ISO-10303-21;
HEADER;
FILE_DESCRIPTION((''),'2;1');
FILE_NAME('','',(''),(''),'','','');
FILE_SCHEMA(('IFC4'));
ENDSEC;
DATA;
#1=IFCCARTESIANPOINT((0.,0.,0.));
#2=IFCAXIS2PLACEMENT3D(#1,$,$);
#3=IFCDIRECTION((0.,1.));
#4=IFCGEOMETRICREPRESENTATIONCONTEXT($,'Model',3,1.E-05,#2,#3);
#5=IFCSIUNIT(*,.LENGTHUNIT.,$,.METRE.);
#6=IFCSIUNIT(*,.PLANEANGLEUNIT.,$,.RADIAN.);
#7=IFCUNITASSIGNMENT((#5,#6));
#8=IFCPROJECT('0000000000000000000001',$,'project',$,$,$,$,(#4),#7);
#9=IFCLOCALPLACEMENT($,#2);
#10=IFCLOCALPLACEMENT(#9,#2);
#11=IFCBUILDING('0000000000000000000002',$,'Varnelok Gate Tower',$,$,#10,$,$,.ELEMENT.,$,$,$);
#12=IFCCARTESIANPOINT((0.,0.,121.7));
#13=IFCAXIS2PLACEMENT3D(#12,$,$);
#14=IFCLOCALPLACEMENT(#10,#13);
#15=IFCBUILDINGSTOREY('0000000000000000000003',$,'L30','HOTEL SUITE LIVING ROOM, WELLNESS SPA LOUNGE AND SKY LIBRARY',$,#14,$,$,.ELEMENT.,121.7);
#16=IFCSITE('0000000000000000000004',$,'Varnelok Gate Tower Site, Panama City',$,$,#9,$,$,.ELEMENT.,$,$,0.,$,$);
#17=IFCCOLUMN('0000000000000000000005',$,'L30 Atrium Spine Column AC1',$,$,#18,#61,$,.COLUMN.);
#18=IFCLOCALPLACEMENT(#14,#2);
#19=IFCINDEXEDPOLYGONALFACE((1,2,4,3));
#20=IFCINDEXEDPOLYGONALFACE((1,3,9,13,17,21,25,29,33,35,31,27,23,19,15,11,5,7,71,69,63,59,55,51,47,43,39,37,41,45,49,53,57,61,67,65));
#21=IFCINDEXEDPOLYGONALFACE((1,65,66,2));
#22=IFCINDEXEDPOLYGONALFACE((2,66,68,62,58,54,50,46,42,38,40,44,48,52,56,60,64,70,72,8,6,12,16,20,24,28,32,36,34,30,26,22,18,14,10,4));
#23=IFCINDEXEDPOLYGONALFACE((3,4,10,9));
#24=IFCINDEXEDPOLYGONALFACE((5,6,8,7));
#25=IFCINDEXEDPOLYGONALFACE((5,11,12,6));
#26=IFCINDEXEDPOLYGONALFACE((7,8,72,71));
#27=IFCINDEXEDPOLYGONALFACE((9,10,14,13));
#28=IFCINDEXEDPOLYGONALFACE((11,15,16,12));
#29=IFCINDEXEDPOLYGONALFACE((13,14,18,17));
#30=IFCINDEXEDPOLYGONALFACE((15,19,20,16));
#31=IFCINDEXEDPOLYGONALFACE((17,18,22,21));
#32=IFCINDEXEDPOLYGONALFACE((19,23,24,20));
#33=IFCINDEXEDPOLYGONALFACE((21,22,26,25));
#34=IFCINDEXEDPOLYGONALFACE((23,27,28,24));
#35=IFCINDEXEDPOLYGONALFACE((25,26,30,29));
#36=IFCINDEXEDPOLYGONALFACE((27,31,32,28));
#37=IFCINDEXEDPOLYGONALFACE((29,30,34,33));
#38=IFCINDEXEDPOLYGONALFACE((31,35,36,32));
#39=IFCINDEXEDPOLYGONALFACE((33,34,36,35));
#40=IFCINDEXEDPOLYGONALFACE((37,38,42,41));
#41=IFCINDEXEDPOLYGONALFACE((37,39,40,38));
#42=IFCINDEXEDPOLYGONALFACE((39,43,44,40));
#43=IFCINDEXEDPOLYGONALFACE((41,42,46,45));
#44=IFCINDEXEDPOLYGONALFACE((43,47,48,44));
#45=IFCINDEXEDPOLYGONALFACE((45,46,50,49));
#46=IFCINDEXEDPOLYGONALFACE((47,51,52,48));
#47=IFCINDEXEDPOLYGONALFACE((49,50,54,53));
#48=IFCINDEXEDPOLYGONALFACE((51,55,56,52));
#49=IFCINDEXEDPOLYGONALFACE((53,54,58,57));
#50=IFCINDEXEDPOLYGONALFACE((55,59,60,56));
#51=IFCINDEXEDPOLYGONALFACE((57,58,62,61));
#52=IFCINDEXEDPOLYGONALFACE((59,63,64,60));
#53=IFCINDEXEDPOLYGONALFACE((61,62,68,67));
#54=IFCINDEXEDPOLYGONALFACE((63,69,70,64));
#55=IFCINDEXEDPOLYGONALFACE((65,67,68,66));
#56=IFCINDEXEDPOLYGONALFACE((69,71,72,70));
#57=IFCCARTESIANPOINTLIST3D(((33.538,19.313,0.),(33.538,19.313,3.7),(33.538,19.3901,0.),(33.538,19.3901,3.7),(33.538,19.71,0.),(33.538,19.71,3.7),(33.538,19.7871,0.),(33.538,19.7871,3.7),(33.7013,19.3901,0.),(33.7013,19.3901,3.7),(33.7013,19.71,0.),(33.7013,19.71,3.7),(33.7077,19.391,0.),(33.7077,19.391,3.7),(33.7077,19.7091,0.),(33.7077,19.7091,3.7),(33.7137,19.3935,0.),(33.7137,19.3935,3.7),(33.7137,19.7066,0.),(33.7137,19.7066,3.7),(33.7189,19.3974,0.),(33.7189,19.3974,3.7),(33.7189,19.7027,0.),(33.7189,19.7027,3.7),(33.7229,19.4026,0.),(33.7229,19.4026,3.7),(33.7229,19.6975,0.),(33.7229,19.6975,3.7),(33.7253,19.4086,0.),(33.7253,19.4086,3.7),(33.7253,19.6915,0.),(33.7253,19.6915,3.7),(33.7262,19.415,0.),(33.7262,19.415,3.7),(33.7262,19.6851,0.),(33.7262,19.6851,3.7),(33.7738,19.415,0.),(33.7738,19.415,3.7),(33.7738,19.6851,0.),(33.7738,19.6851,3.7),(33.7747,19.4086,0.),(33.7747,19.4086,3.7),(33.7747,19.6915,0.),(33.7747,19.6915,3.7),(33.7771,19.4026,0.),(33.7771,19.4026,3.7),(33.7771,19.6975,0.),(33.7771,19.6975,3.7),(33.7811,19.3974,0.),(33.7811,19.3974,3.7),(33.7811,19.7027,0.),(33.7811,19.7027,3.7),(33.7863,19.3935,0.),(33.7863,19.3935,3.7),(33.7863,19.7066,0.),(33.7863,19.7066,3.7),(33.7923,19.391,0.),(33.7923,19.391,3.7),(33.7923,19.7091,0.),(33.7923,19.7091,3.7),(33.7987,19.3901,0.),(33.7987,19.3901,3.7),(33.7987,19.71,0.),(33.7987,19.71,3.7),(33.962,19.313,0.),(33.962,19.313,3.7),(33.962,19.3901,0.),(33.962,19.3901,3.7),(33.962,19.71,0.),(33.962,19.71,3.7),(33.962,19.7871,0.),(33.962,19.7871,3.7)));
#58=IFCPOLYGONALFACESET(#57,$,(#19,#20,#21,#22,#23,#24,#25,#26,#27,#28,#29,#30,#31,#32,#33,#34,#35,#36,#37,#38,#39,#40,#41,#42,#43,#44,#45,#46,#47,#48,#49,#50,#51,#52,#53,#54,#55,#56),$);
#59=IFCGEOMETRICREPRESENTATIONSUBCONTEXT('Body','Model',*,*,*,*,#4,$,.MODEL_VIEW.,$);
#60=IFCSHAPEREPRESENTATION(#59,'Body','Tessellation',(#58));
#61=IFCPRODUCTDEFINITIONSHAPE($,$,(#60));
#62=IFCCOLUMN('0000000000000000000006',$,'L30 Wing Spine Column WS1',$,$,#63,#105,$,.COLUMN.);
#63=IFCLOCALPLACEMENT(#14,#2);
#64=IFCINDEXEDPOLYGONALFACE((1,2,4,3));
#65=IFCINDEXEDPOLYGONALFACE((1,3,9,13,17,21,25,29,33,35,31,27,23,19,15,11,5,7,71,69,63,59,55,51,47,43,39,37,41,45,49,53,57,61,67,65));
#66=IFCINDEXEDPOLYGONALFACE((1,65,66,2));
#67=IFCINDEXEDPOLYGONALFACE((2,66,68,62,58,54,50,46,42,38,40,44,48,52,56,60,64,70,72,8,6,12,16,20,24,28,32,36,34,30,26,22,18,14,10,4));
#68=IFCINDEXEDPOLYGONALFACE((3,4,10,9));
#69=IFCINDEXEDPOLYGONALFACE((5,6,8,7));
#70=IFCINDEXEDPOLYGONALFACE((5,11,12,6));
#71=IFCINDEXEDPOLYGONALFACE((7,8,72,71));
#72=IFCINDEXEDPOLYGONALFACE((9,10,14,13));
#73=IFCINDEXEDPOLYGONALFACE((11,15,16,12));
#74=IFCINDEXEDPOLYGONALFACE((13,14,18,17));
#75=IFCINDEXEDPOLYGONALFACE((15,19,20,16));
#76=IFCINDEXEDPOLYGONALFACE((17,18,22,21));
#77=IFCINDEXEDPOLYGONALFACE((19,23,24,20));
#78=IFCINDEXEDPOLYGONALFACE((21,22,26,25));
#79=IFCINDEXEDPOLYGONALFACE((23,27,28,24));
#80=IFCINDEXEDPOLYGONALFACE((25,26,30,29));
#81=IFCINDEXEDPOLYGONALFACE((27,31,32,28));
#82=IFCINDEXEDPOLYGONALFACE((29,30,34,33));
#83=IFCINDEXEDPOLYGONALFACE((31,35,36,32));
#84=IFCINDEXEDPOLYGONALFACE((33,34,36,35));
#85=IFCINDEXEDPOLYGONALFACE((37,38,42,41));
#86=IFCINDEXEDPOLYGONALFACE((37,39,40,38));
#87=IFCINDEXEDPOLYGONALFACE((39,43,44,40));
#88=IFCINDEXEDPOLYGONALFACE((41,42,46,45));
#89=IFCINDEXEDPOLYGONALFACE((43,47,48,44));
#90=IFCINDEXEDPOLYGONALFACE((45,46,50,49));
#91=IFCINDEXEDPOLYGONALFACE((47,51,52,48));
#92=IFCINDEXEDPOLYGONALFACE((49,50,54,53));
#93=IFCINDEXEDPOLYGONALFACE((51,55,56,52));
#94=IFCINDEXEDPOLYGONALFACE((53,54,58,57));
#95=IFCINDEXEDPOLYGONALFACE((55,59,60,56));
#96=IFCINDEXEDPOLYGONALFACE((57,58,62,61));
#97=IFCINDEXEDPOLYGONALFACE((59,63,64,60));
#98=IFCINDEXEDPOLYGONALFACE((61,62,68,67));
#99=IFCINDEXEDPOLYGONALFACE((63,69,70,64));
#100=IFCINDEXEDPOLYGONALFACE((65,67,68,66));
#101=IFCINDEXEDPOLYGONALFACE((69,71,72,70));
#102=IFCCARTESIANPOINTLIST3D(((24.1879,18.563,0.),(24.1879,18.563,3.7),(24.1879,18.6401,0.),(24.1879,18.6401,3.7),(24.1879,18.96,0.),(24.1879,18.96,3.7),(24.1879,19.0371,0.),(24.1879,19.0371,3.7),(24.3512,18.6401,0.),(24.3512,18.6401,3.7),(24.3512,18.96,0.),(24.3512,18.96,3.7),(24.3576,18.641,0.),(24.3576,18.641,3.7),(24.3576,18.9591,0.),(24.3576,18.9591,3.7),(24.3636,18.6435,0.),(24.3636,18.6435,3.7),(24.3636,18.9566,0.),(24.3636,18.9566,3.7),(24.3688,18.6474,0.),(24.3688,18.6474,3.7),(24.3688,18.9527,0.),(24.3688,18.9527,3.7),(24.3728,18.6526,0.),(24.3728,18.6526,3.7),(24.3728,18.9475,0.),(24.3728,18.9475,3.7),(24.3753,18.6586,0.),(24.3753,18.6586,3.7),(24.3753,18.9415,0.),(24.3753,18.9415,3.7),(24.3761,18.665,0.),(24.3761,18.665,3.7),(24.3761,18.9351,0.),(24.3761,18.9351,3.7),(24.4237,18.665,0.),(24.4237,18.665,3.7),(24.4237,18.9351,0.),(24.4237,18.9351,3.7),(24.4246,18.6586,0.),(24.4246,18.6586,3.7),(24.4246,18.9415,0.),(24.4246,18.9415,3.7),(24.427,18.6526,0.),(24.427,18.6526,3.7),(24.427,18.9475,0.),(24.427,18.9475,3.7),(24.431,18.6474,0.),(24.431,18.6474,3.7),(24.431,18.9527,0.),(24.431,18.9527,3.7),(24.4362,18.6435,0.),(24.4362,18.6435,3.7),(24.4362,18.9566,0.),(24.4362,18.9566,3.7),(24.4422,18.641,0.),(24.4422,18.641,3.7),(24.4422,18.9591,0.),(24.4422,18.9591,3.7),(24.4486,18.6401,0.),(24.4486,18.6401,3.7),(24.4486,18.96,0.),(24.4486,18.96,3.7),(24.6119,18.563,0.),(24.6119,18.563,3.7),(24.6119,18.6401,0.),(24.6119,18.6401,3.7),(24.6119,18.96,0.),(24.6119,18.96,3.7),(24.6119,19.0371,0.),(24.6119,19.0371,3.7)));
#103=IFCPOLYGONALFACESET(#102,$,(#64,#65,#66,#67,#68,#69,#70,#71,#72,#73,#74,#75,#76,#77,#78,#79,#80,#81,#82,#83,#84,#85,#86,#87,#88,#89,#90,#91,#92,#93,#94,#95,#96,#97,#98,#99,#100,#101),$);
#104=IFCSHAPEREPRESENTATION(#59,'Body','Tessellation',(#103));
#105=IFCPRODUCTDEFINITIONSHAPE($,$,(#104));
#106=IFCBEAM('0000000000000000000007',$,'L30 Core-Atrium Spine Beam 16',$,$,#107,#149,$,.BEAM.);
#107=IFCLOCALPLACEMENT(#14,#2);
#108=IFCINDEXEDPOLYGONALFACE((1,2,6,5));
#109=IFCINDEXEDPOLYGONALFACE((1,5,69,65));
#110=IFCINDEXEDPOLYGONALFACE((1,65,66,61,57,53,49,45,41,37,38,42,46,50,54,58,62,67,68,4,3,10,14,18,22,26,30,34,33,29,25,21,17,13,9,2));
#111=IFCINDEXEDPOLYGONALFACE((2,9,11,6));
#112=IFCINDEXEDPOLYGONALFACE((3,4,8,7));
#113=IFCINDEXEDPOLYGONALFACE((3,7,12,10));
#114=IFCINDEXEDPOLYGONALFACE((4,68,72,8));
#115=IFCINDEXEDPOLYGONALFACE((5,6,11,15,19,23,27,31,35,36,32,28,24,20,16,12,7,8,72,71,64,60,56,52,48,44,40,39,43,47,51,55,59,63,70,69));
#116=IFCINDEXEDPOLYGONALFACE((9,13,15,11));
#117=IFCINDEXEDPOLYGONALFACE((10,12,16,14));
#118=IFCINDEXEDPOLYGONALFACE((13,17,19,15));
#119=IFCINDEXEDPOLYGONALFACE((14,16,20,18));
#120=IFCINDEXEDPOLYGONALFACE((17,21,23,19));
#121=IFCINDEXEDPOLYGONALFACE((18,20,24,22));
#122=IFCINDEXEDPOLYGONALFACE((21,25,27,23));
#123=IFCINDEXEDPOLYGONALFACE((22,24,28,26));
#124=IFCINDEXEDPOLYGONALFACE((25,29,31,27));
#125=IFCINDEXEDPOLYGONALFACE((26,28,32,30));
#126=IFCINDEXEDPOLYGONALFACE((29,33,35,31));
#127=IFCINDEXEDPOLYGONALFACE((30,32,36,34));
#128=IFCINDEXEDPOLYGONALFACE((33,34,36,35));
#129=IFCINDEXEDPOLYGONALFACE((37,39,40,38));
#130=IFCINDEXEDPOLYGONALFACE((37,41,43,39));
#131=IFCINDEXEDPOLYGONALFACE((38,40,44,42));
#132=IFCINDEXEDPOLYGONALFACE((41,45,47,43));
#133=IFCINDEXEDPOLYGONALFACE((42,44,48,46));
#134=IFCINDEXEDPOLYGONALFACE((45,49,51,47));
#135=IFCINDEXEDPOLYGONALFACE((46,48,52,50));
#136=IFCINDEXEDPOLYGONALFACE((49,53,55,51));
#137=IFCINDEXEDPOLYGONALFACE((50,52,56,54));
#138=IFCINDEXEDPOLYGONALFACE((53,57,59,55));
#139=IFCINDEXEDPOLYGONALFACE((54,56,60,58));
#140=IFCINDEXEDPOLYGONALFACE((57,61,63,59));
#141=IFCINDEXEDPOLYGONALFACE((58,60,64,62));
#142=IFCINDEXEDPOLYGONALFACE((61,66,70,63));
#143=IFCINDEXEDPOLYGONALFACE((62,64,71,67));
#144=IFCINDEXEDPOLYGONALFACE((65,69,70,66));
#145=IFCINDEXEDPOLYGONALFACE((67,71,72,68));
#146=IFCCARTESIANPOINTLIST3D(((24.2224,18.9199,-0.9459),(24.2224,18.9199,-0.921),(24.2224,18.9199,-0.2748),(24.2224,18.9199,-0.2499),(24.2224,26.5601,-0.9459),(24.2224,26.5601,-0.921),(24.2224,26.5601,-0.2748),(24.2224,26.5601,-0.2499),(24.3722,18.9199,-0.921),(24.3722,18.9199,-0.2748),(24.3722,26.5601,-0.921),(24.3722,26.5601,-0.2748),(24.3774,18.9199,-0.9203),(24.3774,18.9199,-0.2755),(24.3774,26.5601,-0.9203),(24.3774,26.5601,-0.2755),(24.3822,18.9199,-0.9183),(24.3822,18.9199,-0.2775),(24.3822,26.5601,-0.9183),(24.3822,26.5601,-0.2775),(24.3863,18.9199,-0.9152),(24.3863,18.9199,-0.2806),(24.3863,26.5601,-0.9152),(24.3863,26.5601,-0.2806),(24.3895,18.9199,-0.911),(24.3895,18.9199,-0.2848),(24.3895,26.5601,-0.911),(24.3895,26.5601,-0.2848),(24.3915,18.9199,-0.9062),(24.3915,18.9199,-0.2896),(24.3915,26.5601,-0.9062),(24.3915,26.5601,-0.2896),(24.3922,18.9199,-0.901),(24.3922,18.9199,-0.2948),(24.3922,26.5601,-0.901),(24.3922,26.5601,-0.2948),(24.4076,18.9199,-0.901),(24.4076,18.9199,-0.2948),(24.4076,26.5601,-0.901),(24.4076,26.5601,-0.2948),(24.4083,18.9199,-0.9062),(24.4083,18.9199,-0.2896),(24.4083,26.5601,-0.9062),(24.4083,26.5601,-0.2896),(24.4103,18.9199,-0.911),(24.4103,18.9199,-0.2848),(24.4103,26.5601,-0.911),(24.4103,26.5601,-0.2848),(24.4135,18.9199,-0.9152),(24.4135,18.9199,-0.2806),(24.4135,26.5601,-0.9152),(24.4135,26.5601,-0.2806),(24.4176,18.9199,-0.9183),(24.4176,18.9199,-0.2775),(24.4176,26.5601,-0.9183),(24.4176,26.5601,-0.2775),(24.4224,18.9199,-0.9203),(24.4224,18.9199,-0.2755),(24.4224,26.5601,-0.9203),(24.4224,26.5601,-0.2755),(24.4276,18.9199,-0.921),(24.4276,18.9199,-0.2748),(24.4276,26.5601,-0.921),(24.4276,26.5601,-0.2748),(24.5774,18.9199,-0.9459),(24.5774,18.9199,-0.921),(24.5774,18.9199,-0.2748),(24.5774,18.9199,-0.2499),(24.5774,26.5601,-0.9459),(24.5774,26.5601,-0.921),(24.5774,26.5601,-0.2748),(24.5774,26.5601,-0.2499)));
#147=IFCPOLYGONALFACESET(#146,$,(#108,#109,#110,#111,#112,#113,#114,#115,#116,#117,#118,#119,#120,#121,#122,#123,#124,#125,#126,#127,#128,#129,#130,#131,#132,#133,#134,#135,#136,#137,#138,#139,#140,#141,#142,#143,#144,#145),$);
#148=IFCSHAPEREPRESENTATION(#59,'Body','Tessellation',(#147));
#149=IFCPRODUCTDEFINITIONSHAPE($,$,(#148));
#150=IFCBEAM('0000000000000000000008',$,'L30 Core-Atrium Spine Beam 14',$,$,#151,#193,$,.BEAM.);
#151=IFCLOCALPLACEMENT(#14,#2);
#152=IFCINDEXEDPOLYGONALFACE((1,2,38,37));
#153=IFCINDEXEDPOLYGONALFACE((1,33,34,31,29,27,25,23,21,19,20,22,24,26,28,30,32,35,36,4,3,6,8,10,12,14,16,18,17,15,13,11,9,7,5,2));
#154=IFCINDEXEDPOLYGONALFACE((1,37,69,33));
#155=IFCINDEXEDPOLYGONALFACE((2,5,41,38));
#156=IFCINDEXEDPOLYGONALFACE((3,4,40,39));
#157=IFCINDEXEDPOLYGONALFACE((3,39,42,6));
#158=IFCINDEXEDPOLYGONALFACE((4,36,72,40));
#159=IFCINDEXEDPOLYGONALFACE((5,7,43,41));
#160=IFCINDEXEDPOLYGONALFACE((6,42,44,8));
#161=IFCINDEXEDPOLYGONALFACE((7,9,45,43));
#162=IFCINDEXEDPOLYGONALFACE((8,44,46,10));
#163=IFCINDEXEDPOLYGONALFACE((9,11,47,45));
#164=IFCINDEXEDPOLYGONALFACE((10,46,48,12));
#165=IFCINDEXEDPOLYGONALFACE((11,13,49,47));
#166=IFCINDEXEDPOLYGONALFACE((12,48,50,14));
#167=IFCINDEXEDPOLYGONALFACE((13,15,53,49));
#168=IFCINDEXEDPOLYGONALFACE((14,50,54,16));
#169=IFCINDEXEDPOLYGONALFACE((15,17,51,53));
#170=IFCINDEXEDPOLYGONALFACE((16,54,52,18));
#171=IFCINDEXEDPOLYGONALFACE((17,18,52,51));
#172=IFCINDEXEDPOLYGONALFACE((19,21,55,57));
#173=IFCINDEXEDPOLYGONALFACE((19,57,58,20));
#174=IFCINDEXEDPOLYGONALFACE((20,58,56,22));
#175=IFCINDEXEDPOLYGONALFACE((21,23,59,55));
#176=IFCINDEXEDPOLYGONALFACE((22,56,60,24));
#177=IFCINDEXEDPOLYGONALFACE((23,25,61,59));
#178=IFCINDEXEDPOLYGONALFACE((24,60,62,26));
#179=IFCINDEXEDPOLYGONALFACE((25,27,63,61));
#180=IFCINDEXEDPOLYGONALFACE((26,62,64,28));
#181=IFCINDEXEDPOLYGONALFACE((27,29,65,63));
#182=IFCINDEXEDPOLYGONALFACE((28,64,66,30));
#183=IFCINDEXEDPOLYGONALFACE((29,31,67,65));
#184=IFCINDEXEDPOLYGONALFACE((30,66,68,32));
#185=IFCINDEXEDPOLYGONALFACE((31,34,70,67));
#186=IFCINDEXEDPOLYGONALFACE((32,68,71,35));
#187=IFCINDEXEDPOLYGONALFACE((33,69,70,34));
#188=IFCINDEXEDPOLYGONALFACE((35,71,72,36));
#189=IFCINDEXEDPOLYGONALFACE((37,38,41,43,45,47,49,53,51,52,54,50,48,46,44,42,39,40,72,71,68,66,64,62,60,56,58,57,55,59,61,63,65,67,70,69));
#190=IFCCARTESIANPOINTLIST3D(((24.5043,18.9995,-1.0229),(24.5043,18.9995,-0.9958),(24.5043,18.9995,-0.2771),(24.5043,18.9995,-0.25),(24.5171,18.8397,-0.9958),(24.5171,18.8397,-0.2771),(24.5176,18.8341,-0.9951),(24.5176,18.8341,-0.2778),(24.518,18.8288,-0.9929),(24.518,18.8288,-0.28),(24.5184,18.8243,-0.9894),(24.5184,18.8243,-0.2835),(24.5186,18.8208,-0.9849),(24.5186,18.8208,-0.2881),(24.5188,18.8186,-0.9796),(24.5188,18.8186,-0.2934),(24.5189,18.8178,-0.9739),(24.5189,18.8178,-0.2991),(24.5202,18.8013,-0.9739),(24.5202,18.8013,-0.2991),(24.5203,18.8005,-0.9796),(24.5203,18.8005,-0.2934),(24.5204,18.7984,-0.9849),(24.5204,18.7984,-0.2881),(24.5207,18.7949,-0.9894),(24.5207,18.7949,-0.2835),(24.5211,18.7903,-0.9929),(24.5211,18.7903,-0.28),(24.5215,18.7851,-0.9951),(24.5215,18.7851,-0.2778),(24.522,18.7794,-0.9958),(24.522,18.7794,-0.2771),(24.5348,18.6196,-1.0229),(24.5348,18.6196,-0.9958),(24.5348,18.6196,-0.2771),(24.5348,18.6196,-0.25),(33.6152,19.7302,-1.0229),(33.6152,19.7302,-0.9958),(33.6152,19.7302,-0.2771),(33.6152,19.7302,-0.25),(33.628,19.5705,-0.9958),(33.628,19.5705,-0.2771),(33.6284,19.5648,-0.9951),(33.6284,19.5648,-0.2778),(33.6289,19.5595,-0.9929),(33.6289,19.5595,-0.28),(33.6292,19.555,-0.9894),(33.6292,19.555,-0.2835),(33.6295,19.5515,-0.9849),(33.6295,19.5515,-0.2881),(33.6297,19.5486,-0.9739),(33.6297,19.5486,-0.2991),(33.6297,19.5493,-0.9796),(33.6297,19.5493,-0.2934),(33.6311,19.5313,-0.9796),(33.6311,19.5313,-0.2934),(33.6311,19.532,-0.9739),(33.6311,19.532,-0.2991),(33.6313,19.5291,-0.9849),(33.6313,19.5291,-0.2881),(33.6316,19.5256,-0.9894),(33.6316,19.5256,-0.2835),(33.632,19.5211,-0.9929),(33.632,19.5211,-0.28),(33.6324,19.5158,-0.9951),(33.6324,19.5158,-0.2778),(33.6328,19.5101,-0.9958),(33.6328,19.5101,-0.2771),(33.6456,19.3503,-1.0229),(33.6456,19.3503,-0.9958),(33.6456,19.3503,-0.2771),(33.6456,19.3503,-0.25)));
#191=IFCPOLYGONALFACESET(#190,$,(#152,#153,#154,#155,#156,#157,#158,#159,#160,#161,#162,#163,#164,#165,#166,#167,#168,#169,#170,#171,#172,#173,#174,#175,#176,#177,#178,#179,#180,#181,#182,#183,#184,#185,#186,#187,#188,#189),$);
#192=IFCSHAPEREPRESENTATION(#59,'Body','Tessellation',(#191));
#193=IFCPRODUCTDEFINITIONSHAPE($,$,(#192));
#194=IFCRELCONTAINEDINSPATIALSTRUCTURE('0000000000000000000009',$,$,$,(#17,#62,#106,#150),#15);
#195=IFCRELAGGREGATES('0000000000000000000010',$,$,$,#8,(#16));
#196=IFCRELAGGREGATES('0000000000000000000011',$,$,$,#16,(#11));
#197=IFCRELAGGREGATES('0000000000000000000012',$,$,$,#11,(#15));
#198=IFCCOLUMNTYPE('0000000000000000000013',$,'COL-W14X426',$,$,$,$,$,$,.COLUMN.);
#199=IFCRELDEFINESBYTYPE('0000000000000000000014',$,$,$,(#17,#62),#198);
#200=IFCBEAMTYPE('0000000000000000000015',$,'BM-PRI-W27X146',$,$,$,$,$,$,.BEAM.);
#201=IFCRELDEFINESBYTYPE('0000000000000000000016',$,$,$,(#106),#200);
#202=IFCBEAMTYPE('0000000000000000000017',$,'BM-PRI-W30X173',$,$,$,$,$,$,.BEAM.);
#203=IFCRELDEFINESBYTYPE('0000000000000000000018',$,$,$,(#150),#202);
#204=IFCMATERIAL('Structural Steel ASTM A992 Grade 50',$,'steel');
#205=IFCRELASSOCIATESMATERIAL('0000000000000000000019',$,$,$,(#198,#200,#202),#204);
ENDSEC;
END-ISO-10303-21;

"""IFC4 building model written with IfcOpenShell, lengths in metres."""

from ifc_helpers import new_model, si_unit, direction, frame, origin, origin_2d, place, context, subcontext, project, spatial, i_section, extrude, material, material_profile, profile_set, type_object, element, save


model = new_model("IFC4")

# Units and contexts
model_context = context("Model", 3, precision=1e-05, world=origin(), true_north=direction((0.0, 1.0)))
body_context = subcontext(model_context, "Body", "Model", "MODEL_VIEW")
ifc_project = project(units=[si_unit("LENGTHUNIT", "METRE"), si_unit("PLANEANGLEUNIT", "RADIAN")], contexts=[model_context])

# Site, building, storey
site_placement = place(None, origin())
site = spatial("IfcSite", under=ifc_project, at=site_placement, Name="Varnelok Gate Tower Site, Panama City", CompositionType="ELEMENT", RefElevation=0.0)
building_placement = place(site_placement, origin())
building = spatial("IfcBuilding", under=site, at=building_placement, Name="Varnelok Gate Tower", CompositionType="ELEMENT")
storey_placement = place(building_placement, frame((0.0, 0.0, 121.7)))
storey = spatial("IfcBuildingStorey", under=building, at=storey_placement, Name="L30", Description="HOTEL SUITE LIVING ROOM, WELLNESS SPA LOUNGE AND SKY LIBRARY", CompositionType="ELEMENT", Elevation=121.7)

# Columns
ifc_material_1 = material(Name="Structural Steel ASTM A992 Grade 50", Category="steel")
ifc_material_profile_1 = material_profile(ifc_material_1, i_section(OverallWidth=0.4241, OverallDepth=0.4741, WebThickness=0.0476, FlangeThickness=0.0771, FilletRadius=0.0249, at=origin_2d()), Name="W14X426")
ifc_profile_set_1 = profile_set([ifc_material_profile_1], Name="Structural Steel ASTM A992 Grade 50")
column_type = type_object("IfcColumnType", Name="COL-W14X426", PredefinedType="COLUMN", material=ifc_profile_set_1)
for number, where, z_axis, x_axis, name in (
    (1, (33.75, 19.55, 0.0), (0.0, 0.0, 1.0), (1.0, 0.0, 0.0), "L30 Atrium Spine Column AC1"),
    (2, (24.3999, 18.8, 0.0), (0.0, 0.0, 1.0), (1.0, 0.0, 0.0), "L30 Wing Spine Column WS1"),
):
    element("IfcColumn", number, at=place(storey_placement, frame(where, z_axis=z_axis, x_axis=x_axis)), inside=storey, type_object=column_type, Name=name, PredefinedType="COLUMN", context=body_context, shape_type="SweptSolid", body=[
        extrude(i_section(OverallWidth=0.4241, OverallDepth=0.4741, WebThickness=0.0476, FlangeThickness=0.0771, FilletRadius=0.0249, at=origin_2d()), origin(), (0.0, 0.0, 1.0), 3.7),
    ])

# Beams
ifc_material_profile_2 = material_profile(ifc_material_1, i_section(OverallWidth=0.355, OverallDepth=0.696, WebThickness=0.0154, FlangeThickness=0.0249, FilletRadius=0.02, at=origin_2d()), Name="W27X146")
ifc_profile_set_2 = profile_set([ifc_material_profile_2], Name="Structural Steel ASTM A992 Grade 50")
beam_type_1 = type_object("IfcBeamType", Name="BM-PRI-W27X146", PredefinedType="BEAM", material=ifc_profile_set_2)
beam_1_placement = place(storey_placement, frame((24.3999, 18.9199, -0.5979), z_axis=(0.0, 1.0, 0.0), x_axis=(-1.0, 0.0, 0.0)))
element("IfcBeam", 3, at=beam_1_placement, inside=storey, type_object=beam_type_1, Name="L30 Core-Atrium Spine Beam 16", PredefinedType="BEAM", context=body_context, shape_type="SweptSolid", body=[
    extrude(i_section(OverallWidth=0.355, OverallDepth=0.696, WebThickness=0.0154, FlangeThickness=0.0249, FilletRadius=0.02, at=origin_2d()), origin(), (0.0, 0.0, 1.0), 7.6401),
])
ifc_material_profile_3 = material_profile(ifc_material_1, i_section(OverallWidth=0.3811, OverallDepth=0.7729, WebThickness=0.0166, FlangeThickness=0.0271, FilletRadius=0.022, at=origin_2d()), Name="W30X173")
ifc_profile_set_3 = profile_set([ifc_material_profile_3], Name="Structural Steel ASTM A992 Grade 50")
beam_type_2 = type_object("IfcBeamType", Name="BM-PRI-W30X173", PredefinedType="BEAM", material=ifc_profile_set_3)
beam_2_placement = place(storey_placement, frame((24.5195, 18.8096, -0.6365), z_axis=(0.996799, 0.079946, 0.0), x_axis=(-0.079946, 0.996799, 0.0)))
element("IfcBeam", 4, at=beam_2_placement, inside=storey, type_object=beam_type_2, Name="L30 Core-Atrium Spine Beam 14", PredefinedType="BEAM", context=body_context, shape_type="SweptSolid", body=[
    extrude(i_section(OverallWidth=0.3811, OverallDepth=0.7729, WebThickness=0.0166, FlangeThickness=0.0271, FilletRadius=0.022, at=origin_2d()), origin(), (0.0, 0.0, 1.0), 9.1401),
])

save(model, "model.ifc")
